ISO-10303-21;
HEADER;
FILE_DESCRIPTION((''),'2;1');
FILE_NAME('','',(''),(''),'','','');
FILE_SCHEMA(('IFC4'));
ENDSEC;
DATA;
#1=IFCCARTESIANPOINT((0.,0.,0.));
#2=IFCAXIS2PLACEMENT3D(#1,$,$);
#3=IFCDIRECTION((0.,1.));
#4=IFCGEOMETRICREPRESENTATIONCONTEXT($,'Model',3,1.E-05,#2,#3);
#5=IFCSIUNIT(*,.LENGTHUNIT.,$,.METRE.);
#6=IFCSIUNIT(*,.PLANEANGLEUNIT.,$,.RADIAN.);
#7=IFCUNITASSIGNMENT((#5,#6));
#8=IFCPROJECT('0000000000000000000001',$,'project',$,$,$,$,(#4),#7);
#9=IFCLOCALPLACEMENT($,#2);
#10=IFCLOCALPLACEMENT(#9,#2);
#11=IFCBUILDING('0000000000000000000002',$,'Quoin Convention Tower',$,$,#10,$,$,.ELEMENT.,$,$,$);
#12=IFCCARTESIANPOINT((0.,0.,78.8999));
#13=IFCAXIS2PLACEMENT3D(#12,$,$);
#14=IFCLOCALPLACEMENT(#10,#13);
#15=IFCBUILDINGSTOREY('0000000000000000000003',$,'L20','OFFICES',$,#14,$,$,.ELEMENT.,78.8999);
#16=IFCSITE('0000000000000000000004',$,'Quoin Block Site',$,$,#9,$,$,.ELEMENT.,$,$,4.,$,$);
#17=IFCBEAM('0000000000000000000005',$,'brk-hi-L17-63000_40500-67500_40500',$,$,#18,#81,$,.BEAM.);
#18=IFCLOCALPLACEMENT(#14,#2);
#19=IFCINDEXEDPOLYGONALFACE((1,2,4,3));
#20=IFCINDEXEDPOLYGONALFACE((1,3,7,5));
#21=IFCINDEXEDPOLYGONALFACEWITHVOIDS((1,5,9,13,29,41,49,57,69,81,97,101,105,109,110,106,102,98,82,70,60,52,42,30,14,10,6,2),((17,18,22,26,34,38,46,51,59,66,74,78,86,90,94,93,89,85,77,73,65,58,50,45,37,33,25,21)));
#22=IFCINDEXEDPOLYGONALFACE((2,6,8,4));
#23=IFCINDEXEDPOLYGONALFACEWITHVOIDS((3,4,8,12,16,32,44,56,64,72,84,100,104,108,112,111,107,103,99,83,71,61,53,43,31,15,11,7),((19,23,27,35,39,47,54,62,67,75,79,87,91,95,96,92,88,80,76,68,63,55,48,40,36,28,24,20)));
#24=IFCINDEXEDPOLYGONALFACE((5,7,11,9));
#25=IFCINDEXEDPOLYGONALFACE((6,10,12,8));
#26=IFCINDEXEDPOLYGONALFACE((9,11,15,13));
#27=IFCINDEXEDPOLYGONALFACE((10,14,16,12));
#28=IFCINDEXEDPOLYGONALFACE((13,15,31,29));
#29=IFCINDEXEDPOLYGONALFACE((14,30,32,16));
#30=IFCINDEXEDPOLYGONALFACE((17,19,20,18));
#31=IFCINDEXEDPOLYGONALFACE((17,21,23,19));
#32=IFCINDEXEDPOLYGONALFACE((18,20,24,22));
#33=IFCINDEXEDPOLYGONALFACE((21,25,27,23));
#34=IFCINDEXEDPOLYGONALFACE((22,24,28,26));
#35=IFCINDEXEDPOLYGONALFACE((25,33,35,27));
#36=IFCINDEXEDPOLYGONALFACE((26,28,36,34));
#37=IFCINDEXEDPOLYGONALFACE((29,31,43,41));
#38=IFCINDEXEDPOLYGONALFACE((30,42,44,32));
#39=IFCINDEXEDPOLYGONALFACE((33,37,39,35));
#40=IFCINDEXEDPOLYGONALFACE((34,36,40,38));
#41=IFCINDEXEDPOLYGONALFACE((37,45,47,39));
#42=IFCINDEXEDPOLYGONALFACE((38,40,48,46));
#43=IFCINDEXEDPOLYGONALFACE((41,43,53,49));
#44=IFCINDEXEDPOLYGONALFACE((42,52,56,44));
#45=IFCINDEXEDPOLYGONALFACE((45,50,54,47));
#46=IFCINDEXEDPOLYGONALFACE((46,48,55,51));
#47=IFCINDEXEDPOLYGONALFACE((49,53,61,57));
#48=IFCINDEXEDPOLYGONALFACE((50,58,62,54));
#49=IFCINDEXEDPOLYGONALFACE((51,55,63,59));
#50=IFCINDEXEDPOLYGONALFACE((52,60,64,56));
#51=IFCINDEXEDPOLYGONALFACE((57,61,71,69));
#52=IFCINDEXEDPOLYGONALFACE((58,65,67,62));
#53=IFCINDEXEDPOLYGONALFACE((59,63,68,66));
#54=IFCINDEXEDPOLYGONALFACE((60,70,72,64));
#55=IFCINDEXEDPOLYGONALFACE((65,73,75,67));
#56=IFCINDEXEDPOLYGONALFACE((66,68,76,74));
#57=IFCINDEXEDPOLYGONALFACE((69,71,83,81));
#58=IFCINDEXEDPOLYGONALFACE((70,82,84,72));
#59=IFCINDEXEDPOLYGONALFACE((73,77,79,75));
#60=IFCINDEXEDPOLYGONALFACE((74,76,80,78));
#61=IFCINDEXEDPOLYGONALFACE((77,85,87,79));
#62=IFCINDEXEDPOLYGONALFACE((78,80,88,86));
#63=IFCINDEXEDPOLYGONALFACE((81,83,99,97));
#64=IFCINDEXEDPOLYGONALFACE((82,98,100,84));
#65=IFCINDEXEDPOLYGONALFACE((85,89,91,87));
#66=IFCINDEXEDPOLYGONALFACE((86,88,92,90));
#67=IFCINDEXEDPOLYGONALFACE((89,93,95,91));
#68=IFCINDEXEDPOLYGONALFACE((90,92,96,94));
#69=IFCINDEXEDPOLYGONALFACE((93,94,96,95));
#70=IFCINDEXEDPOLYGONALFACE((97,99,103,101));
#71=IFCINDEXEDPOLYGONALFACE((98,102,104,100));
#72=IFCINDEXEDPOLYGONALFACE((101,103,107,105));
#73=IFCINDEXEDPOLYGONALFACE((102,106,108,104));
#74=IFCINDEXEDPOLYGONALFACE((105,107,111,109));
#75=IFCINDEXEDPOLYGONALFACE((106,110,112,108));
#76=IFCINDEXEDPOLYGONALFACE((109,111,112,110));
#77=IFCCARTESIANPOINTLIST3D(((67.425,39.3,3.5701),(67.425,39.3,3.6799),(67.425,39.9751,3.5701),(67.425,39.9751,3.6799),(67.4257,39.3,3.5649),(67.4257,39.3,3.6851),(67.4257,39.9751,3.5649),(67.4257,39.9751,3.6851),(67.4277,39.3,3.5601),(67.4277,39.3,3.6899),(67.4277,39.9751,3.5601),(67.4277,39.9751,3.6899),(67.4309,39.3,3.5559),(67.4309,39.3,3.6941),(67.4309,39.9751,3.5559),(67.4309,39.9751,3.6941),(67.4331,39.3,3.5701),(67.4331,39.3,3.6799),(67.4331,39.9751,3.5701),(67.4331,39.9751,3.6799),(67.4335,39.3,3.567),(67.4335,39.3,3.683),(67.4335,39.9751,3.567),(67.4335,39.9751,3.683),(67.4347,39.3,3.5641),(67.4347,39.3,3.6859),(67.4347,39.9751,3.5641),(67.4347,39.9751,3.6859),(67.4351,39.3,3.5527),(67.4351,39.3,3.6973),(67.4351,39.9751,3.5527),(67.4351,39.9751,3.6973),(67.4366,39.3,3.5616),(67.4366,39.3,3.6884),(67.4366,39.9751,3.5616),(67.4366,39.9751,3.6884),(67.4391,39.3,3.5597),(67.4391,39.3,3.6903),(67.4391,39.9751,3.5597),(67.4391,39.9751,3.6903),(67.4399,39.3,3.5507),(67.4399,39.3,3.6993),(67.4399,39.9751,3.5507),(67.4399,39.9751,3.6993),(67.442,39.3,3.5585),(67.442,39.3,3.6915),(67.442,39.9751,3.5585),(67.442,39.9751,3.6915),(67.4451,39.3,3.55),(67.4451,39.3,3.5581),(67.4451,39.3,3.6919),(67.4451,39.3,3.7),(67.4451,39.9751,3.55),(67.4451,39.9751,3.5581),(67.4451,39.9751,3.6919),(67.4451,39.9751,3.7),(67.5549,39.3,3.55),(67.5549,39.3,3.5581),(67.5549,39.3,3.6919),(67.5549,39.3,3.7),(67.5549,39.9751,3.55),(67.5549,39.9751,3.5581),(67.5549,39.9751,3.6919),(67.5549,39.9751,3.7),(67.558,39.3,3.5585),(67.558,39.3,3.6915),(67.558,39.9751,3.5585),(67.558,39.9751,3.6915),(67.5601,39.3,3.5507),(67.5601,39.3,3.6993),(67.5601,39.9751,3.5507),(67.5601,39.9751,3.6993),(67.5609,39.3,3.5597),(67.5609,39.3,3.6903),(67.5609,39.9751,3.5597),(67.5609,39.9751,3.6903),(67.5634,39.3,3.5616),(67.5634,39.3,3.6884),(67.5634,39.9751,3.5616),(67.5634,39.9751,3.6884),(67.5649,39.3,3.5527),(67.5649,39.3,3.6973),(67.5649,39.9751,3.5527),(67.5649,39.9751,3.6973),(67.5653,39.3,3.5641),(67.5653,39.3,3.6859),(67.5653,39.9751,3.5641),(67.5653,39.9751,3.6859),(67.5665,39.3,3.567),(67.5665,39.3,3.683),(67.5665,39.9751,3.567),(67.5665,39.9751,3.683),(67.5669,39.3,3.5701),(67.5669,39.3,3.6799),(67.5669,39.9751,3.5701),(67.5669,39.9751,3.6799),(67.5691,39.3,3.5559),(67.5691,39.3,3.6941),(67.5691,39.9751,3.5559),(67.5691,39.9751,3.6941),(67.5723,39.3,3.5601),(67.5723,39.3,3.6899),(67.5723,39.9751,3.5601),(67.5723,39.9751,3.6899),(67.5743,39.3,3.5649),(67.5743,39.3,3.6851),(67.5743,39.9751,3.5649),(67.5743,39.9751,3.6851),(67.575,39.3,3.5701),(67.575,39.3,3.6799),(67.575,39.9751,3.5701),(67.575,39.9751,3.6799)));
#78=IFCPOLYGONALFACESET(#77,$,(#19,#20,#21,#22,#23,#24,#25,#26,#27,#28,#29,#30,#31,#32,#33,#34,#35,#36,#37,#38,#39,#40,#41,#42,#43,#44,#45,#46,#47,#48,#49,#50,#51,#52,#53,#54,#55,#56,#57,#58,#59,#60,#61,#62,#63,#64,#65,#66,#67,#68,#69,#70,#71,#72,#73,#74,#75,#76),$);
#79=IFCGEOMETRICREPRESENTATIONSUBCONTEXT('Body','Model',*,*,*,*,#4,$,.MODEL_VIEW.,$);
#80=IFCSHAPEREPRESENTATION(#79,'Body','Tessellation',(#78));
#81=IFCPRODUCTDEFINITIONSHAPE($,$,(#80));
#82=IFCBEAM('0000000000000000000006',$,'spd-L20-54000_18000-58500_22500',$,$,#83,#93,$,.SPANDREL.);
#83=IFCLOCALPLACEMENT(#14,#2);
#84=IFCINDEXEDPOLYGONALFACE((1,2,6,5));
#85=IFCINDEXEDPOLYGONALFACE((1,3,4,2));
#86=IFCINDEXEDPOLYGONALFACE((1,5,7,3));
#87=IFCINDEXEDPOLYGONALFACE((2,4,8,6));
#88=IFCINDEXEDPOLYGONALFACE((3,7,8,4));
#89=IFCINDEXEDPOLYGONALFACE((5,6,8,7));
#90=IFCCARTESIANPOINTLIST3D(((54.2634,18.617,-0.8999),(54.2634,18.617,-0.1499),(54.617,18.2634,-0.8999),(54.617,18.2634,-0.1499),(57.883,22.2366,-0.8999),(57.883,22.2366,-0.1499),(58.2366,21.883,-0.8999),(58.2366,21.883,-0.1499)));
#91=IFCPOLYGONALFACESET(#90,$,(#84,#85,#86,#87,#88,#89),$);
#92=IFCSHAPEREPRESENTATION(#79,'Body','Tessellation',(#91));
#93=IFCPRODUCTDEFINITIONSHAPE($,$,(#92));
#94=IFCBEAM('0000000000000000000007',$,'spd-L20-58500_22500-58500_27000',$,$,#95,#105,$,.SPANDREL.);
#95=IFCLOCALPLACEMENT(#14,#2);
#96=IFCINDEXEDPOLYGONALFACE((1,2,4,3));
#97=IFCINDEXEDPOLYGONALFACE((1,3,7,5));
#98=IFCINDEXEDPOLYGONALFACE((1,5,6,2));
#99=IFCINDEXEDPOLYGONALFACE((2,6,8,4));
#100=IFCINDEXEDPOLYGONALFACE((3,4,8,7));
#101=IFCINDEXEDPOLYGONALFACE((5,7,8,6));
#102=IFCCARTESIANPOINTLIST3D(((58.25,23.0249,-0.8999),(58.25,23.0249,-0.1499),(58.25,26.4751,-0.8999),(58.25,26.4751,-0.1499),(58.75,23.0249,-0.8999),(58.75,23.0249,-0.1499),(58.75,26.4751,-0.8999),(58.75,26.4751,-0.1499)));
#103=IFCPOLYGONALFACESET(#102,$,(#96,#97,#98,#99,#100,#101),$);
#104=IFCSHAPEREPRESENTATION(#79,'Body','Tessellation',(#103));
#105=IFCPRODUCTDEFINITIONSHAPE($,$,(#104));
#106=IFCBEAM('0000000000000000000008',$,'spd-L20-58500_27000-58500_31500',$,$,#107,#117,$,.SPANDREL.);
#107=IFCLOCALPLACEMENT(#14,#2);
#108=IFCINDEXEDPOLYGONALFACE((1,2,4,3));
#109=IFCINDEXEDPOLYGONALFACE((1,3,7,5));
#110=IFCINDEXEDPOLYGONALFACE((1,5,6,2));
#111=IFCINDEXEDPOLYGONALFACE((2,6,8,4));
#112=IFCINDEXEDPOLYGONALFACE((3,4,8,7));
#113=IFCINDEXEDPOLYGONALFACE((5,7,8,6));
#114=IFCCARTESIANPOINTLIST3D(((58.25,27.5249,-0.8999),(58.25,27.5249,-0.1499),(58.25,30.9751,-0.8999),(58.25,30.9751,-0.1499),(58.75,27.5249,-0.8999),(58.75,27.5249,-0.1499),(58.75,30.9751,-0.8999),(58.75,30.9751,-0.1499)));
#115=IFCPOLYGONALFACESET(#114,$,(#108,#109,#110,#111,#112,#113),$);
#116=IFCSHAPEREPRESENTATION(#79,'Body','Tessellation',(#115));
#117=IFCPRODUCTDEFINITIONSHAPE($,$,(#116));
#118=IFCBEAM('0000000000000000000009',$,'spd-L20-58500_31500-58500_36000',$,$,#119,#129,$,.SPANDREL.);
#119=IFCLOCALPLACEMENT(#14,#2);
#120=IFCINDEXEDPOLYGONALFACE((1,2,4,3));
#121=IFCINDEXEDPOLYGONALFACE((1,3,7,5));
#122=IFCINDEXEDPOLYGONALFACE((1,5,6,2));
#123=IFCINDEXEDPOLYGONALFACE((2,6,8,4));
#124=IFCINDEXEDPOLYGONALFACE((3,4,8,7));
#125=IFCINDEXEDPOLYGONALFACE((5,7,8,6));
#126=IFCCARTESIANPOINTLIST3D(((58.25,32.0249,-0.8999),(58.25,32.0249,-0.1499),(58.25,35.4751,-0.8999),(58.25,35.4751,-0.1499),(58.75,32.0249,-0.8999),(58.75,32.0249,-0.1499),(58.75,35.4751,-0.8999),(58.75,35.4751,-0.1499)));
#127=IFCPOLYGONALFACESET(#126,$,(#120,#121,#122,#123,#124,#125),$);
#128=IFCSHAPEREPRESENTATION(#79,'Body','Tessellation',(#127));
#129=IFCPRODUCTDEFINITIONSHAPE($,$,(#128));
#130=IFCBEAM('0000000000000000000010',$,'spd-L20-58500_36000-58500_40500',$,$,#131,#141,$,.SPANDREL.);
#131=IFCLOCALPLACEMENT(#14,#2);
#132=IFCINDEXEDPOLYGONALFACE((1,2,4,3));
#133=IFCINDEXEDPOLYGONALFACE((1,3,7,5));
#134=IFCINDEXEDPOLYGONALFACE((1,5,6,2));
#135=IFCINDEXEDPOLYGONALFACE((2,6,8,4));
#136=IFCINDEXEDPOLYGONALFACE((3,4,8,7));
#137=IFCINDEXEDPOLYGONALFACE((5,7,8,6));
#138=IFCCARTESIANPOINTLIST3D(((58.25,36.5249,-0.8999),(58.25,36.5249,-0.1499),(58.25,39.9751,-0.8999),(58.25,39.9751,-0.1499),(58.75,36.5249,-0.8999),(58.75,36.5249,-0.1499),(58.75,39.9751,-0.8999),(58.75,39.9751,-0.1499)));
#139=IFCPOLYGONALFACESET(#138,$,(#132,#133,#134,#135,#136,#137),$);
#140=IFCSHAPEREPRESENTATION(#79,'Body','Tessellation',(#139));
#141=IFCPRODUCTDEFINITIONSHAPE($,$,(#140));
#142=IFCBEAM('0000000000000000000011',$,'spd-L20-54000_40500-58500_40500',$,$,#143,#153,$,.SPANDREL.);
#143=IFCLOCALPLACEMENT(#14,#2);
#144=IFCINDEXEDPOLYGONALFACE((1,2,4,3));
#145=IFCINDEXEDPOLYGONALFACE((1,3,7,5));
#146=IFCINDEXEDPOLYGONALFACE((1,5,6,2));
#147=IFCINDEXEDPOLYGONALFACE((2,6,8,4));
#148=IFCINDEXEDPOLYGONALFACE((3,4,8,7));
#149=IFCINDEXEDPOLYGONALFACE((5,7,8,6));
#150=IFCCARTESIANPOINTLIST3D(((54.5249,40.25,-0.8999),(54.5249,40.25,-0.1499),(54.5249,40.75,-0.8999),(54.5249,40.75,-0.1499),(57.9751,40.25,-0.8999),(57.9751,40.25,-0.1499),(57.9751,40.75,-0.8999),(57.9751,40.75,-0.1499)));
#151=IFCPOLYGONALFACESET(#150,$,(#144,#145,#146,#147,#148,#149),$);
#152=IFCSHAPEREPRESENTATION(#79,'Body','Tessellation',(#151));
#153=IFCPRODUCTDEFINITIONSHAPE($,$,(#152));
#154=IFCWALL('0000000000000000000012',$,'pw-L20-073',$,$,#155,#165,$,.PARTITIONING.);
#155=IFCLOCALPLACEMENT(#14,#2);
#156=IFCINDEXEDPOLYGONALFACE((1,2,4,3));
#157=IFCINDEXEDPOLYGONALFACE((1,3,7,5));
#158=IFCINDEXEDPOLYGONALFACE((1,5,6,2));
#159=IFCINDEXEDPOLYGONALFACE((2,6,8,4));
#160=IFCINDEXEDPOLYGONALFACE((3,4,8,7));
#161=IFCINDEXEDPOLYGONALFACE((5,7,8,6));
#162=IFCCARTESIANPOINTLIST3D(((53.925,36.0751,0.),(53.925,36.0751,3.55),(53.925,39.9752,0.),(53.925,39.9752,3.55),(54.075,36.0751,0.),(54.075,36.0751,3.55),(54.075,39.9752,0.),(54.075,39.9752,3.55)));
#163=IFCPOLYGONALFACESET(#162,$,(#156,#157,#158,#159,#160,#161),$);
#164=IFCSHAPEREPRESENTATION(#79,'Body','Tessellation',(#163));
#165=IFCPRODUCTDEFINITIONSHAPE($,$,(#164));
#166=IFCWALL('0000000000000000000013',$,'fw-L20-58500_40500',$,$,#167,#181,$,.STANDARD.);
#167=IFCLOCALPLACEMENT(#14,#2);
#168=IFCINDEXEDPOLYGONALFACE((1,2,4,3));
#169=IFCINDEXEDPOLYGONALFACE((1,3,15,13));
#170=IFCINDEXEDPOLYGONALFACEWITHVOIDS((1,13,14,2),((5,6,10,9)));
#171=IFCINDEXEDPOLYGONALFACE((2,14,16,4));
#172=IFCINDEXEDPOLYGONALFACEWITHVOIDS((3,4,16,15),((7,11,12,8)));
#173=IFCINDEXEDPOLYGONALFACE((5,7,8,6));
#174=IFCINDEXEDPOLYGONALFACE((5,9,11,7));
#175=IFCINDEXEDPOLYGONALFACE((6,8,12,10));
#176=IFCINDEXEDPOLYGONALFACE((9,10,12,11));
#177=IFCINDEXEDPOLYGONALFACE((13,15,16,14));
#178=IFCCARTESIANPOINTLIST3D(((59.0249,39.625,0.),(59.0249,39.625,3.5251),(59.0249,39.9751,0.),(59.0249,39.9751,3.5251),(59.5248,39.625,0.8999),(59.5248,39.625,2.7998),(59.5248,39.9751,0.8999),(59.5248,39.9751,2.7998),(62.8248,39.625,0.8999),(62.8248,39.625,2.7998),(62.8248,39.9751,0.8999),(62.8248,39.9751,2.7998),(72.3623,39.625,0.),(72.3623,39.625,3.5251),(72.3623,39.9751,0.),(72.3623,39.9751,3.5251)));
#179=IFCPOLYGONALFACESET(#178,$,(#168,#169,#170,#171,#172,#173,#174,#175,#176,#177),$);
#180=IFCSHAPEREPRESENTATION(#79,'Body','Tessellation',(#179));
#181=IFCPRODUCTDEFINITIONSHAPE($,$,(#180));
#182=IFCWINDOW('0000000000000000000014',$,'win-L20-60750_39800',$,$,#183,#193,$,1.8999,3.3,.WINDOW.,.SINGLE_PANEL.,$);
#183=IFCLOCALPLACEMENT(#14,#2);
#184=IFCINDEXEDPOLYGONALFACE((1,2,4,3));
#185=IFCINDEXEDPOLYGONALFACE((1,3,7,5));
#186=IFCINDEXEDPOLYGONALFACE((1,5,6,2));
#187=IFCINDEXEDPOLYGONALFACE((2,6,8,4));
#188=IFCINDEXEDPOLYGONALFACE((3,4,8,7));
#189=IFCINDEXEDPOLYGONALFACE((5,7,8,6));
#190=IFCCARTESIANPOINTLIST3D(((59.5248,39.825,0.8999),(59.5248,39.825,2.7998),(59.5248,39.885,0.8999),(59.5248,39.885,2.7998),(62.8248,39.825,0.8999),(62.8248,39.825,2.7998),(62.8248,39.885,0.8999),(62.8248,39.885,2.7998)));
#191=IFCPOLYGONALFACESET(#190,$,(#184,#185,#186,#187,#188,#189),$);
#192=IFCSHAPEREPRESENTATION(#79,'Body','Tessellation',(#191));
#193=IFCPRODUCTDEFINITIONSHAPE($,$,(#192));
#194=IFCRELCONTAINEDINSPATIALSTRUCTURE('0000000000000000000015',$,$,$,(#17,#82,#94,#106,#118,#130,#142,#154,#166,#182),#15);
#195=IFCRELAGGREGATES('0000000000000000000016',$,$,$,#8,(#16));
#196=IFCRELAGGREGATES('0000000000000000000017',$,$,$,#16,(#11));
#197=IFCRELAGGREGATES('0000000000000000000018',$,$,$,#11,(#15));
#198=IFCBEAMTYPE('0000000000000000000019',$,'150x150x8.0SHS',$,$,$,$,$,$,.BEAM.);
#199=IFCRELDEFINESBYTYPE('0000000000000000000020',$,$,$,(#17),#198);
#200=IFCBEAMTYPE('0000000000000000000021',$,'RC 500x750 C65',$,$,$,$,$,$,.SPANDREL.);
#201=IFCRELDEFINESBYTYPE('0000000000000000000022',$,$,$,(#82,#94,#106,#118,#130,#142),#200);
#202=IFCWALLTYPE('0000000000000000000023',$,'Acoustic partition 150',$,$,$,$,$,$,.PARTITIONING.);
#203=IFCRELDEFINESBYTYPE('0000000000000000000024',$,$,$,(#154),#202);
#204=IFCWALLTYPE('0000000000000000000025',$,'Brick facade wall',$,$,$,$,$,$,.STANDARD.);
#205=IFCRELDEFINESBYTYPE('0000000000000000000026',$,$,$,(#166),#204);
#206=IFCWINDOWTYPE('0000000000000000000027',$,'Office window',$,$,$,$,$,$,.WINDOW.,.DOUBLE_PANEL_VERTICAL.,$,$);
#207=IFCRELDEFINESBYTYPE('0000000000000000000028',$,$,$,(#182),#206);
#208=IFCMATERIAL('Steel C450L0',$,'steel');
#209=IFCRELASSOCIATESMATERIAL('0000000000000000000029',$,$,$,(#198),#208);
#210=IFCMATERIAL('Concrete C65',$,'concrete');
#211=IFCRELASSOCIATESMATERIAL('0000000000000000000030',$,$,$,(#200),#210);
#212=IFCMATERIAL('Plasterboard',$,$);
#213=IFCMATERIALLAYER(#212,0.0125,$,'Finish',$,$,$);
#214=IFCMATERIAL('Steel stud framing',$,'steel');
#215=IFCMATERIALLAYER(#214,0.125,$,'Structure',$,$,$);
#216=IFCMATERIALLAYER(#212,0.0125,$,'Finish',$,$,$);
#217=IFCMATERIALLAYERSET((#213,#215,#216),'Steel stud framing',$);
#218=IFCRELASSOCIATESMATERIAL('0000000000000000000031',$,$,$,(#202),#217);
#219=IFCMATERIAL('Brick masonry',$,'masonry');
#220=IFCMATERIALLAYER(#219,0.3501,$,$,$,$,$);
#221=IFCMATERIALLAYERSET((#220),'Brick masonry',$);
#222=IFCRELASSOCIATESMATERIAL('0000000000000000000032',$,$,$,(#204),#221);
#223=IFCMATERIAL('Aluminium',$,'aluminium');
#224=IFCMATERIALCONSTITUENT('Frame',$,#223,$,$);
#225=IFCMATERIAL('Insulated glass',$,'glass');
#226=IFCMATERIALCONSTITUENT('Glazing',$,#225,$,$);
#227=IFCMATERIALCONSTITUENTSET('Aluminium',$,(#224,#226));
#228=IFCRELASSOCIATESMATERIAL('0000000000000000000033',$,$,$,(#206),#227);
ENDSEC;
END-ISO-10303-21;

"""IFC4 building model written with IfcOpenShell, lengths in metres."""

from ifc_helpers import new_model, si_unit, direction, frame, frame_2d, origin, origin_2d, place, context, subcontext, project, spatial, rectangle, hollow_rectangle, extrude, material, layer, layer_set, constituent, constituent_set, material_profile, profile_set, type_object, element, fill, save


model = new_model("IFC4")

# Units and contexts
model_context = context("Model", 3, precision=1e-05, world=origin(), true_north=direction((0.0, 1.0)))
body_context = subcontext(model_context, "Body", "Model", "MODEL_VIEW")
ifc_project = project(units=[si_unit("LENGTHUNIT", "METRE"), si_unit("PLANEANGLEUNIT", "RADIAN")], contexts=[model_context])

# Site, building, storey
site_placement = place(None, origin())
site = spatial("IfcSite", under=ifc_project, at=site_placement, Name="Quoin Block Site", CompositionType="ELEMENT", RefElevation=4.0)
building_placement = place(site_placement, origin())
building = spatial("IfcBuilding", under=site, at=building_placement, Name="Quoin Convention Tower", CompositionType="ELEMENT")
storey_placement = place(building_placement, frame((0.0, 0.0, 78.8999)))
storey = spatial("IfcBuildingStorey", under=building, at=storey_placement, Name="L20", Description="OFFICES", CompositionType="ELEMENT", Elevation=78.8999)

# Shared definitions
ifc_material_1 = material(Name="Concrete C65", Category="concrete")

# Beams
ifc_material_2 = material(Name="Steel C450L0", Category="steel")
ifc_material_profile_1 = material_profile(ifc_material_2, hollow_rectangle(XDim=0.1499, YDim=0.1499, WallThickness=0.0081, InnerFilletRadius=0.012, OuterFilletRadius=0.02, at=origin_2d()), Name="150x150x8.0SHS")
ifc_profile_set_1 = profile_set([ifc_material_profile_1], Name="Steel C450L0")
beam_type_1 = type_object("IfcBeamType", Name="150x150x8.0SHS", PredefinedType="BEAM", material=ifc_profile_set_1)
for number, where, z_axis, x_axis, name in (
    (1, (67.5, 39.9751, 3.625), (0.0, -1.0, 0.0), (1.0, 0.0, 0.0), "brk-hi-L17-63000_40500-67500_40500"),
):
    element("IfcBeam", number, at=place(storey_placement, frame(where, z_axis=z_axis, x_axis=x_axis)), inside=storey, type_object=beam_type_1, Name=name, PredefinedType="BEAM", context=body_context, shape_type="SweptSolid", body=[
        extrude(hollow_rectangle(XDim=0.1499, YDim=0.1499, WallThickness=0.0081, InnerFilletRadius=0.012, OuterFilletRadius=0.02, at=origin_2d()), origin(), (0.0, 0.0, 1.0), 0.675),
    ])
ifc_material_profile_2 = material_profile(ifc_material_1, rectangle(XDim=0.5, YDim=0.75, at=origin_2d()), Name="RC 500x750")
ifc_profile_set_2 = profile_set([ifc_material_profile_2], Name="Concrete C65")
beam_type_2 = type_object("IfcBeamType", Name="RC 500x750 C65", PredefinedType="SPANDREL", material=ifc_profile_set_2)
beam_placement = place(storey_placement, frame((54.4402, 18.4402, -0.5249), z_axis=(0.707107, 0.707107, 0.0), x_axis=(-0.707107, 0.707107, 0.0)))
element("IfcBeam", 2, at=beam_placement, inside=storey, type_object=beam_type_2, Name="spd-L20-54000_18000-58500_22500", PredefinedType="SPANDREL", context=body_context, shape_type="SweptSolid", body=[
    extrude(rectangle(XDim=0.5, YDim=0.75, at=origin_2d()), origin(), (0.0, 0.0, 1.0), 5.1189),
])
for number, where, z_axis, x_axis, name in (
    (3, (58.5, 23.0249, -0.5249), (0.0, 1.0, 0.0), (-1.0, 0.0, 0.0), "spd-L20-58500_22500-58500_27000"),
    (4, (58.5, 27.5249, -0.5249), (0.0, 1.0, 0.0), (-1.0, 0.0, 0.0), "spd-L20-58500_27000-58500_31500"),
    (5, (58.5, 32.0249, -0.5249), (0.0, 1.0, 0.0), (-1.0, 0.0, 0.0), "spd-L20-58500_31500-58500_36000"),
    (6, (58.5, 36.5249, -0.5249), (0.0, 1.0, 0.0), (-1.0, 0.0, 0.0), "spd-L20-58500_36000-58500_40500"),
    (7, (54.5249, 40.5, -0.5249), (1.0, 0.0, 0.0), (0.0, 1.0, 0.0), "spd-L20-54000_40500-58500_40500"),
):
    element("IfcBeam", number, at=place(storey_placement, frame(where, z_axis=z_axis, x_axis=x_axis)), inside=storey, type_object=beam_type_2, Name=name, PredefinedType="SPANDREL", context=body_context, shape_type="SweptSolid", body=[
        extrude(rectangle(XDim=0.5, YDim=0.75, at=origin_2d()), origin(), (0.0, 0.0, 1.0), 3.4502),
    ])

# Wall
ifc_material_3 = material(Name="Plasterboard")
ifc_layer_1 = layer(ifc_material_3, 0.0125, Name="Finish")
ifc_material_4 = material(Name="Steel stud framing", Category="steel")
ifc_layer_2 = layer(ifc_material_4, 0.125, Name="Structure")
ifc_layer_3 = layer(ifc_material_3, 0.0125, Name="Finish")
ifc_layer_set_1 = layer_set([ifc_layer_1, ifc_layer_2, ifc_layer_3], Name="Steel stud framing")
wall_type_1 = type_object("IfcWallType", Name="Acoustic partition 150", PredefinedType="PARTITIONING", material=ifc_layer_set_1)
wall_1_placement = place(storey_placement, frame((54.0, 36.075, 0.0), z_axis=(0.0, 0.0, 1.0), x_axis=(0.0, 1.0, 0.0)))
element("IfcWall", 8, at=wall_1_placement, inside=storey, type_object=wall_type_1, Name="pw-L20-073", PredefinedType="PARTITIONING", context=body_context, shape_type="SweptSolid", body=[
    extrude(rectangle(XDim=3.9001, YDim=0.1499, at=frame_2d((1.9502, 0.0))), origin(), (0.0, 0.0, 1.0), 3.55),
])

# Wall, opening, window
ifc_material_5 = material(Name="Brick masonry", Category="masonry")
ifc_layer_4 = layer(ifc_material_5, 0.3501)
ifc_layer_set_2 = layer_set([ifc_layer_4], Name="Brick masonry")
wall_type_2 = type_object("IfcWallType", Name="Brick facade wall", PredefinedType="STANDARD", material=ifc_layer_set_2)
wall_2_placement = place(storey_placement, frame((59.0249, 39.8, 0.0), z_axis=(0.0, 0.0, 1.0), x_axis=(1.0, 0.0, 0.0)))
wall_2 = element("IfcWall", 9, at=wall_2_placement, inside=storey, type_object=wall_type_2, Name="fw-L20-58500_40500", PredefinedType="STANDARD", context=body_context, shape_type="SweptSolid", body=[
    extrude(rectangle(XDim=13.3374, YDim=0.3501, at=frame_2d((6.6687, 0.0))), origin(), (0.0, 0.0, 1.0), 3.5251),
])
opening_1_placement = place(wall_2_placement, frame((0.5, 0.0, 0.8999)))
opening_1 = element("IfcOpeningElement", 10, at=opening_1_placement, cuts=wall_2, PredefinedType="OPENING", context=body_context, shape_type="SweptSolid", body=[
    extrude(rectangle(XDim=3.3, YDim=1.8999, at=frame_2d((1.6499, 0.95))), frame((0.0, 0.1851, 0.0), z_axis=(0.0, -1.0, 0.0), x_axis=(1.0, 0.0, 0.0)), (0.0, 0.0, 1.0), 0.3701),
])
ifc_material_6 = material(Name="Aluminium", Category="aluminium")
ifc_constituent_1 = constituent(ifc_material_6, Name="Frame")
ifc_material_7 = material(Name="Insulated glass", Category="glass")
ifc_constituent_2 = constituent(ifc_material_7, Name="Glazing")
ifc_constituent_set = constituent_set(constituents=[ifc_constituent_1, ifc_constituent_2], Name="Aluminium")
window_type = type_object("IfcWindowType", Name="Office window", PartitioningType="DOUBLE_PANEL_VERTICAL", PredefinedType="WINDOW", material=ifc_constituent_set)
window_1_placement = place(opening_1_placement, origin())
window_1 = element("IfcWindow", 11, at=window_1_placement, inside=storey, type_object=window_type, Name="win-L20-60750_39800", OverallHeight=1.8999, OverallWidth=3.3, PartitioningType="SINGLE_PANEL", PredefinedType="WINDOW", context=body_context, shape_type="SweptSolid", body=[
    extrude(rectangle(XDim=3.3, YDim=1.8999, at=frame_2d((1.6499, 0.95))), frame((0.0, 0.085, 0.0), z_axis=(0.0, -1.0, 0.0), x_axis=(1.0, 0.0, 0.0)), (0.0, 0.0, 1.0), 0.0601),
])
fill(opening_1, window_1)

save(model, "model.ifc")
